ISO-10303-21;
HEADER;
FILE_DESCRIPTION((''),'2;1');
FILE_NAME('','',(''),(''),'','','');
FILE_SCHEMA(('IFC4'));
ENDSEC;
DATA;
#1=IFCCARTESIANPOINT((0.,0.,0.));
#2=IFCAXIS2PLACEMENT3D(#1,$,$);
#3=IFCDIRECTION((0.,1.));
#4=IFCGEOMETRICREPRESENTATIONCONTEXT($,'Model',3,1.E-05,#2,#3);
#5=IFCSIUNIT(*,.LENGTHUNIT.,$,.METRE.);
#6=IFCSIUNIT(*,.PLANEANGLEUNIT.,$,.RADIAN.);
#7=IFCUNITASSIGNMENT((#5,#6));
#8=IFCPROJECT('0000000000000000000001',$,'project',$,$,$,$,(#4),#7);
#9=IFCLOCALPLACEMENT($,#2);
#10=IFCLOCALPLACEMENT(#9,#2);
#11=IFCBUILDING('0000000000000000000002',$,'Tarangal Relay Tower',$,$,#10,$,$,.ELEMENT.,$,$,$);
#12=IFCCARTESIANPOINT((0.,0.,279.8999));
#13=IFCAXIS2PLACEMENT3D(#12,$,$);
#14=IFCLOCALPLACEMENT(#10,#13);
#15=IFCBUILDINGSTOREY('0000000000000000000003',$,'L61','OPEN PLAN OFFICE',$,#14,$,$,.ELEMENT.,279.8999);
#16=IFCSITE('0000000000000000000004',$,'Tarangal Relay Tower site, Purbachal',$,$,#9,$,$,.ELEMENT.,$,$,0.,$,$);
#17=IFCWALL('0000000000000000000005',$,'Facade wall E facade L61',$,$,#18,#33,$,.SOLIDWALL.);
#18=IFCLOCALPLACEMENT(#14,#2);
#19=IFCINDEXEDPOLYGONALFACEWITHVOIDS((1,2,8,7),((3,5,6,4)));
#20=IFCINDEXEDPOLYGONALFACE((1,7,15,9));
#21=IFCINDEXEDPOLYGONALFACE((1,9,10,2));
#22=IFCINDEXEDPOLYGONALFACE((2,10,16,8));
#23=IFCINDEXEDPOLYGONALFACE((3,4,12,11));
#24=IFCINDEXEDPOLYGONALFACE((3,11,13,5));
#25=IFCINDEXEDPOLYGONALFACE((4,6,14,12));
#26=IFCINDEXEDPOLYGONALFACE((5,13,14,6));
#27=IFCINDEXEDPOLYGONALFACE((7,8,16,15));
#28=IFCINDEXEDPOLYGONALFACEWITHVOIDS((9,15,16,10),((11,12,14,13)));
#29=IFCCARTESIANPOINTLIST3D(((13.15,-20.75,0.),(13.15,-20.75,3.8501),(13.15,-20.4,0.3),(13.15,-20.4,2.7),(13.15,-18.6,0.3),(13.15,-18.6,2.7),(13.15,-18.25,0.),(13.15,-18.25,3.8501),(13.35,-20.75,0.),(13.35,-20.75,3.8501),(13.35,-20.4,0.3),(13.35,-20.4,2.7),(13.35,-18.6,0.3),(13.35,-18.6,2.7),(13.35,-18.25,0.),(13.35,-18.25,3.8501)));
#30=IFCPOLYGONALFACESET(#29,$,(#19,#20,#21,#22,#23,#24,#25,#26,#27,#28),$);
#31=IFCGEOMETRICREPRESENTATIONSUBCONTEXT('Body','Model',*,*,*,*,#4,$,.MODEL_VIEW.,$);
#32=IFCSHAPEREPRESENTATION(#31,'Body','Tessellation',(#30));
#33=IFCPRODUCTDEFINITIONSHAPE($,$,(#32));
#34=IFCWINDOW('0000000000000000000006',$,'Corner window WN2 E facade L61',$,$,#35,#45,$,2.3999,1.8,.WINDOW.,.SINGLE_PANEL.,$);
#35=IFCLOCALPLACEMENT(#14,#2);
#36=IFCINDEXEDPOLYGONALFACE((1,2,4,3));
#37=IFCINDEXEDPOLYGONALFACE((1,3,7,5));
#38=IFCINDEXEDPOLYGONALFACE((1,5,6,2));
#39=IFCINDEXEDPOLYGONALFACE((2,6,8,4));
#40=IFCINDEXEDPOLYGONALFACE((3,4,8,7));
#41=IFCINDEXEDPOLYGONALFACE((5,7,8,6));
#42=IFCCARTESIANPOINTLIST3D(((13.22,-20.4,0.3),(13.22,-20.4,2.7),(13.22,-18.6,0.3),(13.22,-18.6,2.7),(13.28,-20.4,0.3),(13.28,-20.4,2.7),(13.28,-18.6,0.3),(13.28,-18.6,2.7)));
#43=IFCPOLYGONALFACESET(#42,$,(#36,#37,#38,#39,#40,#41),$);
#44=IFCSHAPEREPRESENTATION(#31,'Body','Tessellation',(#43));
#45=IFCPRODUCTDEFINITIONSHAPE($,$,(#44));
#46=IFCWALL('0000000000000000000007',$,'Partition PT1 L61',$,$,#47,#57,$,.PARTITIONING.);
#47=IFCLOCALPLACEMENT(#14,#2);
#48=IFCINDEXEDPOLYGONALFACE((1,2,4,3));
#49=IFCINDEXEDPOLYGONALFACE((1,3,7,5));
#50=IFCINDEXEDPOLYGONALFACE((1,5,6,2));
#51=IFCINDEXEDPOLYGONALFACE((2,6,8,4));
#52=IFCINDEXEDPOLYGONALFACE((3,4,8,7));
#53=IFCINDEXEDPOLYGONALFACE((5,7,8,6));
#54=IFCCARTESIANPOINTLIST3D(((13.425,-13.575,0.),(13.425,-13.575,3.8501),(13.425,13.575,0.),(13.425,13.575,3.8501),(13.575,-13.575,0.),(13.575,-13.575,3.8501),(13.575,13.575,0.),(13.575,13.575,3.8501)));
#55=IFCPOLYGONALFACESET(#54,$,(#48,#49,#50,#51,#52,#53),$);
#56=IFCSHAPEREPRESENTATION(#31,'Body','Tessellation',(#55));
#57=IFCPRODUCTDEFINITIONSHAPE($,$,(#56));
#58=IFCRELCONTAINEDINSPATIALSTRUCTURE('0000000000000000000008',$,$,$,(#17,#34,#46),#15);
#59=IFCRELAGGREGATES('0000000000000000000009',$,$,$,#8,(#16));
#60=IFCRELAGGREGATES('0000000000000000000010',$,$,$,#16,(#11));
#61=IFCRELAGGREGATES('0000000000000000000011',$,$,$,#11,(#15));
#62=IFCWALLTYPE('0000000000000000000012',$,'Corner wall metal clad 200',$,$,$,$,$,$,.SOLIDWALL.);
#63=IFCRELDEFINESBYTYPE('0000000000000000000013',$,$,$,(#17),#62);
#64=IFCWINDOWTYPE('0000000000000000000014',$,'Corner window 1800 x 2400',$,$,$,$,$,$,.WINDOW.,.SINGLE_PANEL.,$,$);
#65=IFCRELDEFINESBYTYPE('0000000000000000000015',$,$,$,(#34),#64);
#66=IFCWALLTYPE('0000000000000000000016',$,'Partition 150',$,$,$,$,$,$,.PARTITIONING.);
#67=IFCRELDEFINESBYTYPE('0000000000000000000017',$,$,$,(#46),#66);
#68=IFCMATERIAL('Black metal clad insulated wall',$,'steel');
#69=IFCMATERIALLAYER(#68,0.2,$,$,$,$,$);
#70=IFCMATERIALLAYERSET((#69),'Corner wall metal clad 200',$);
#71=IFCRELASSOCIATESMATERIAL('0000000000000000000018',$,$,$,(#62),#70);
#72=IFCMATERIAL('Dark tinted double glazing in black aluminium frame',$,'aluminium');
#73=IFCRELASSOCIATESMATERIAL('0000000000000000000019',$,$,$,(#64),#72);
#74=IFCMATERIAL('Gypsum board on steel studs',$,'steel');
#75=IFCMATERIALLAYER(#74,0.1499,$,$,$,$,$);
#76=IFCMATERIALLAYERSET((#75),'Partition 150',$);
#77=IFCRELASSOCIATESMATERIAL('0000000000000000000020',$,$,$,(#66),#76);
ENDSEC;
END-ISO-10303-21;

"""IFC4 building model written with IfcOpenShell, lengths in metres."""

from ifc_helpers import new_model, si_unit, direction, frame, frame_2d, origin, place, context, subcontext, project, spatial, rectangle, extrude, material, layer, layer_set, type_object, element, fill, save


model = new_model("IFC4")

# Units and contexts
model_context = context("Model", 3, precision=1e-05, world=origin(), true_north=direction((0.0, 1.0)))
body_context = subcontext(model_context, "Body", "Model", "MODEL_VIEW")
ifc_project = project(units=[si_unit("LENGTHUNIT", "METRE"), si_unit("PLANEANGLEUNIT", "RADIAN")], contexts=[model_context])

# Site, building, storey
site_placement = place(None, origin())
site = spatial("IfcSite", under=ifc_project, at=site_placement, Name="Tarangal Relay Tower site, Purbachal", CompositionType="ELEMENT", RefElevation=0.0)
building_placement = place(site_placement, origin())
building = spatial("IfcBuilding", under=site, at=building_placement, Name="Tarangal Relay Tower", CompositionType="ELEMENT")
storey_placement = place(building_placement, frame((0.0, 0.0, 279.8999)))
storey = spatial("IfcBuildingStorey", under=building, at=storey_placement, Name="L61", Description="OPEN PLAN OFFICE", CompositionType="ELEMENT", Elevation=279.8999)

# Shared definitions
ifc_material_1 = material(Name="Black metal clad insulated wall", Category="steel")
ifc_layer_1 = layer(ifc_material_1, 0.2)
ifc_layer_set_1 = layer_set([ifc_layer_1], Name="Corner wall metal clad 200")
wall_type_1 = type_object("IfcWallType", Name="Corner wall metal clad 200", PredefinedType="SOLIDWALL", material=ifc_layer_set_1)

# Shared definitions
ifc_material_2 = material(Name="Dark tinted double glazing in black aluminium frame", Category="aluminium")
window_type = type_object("IfcWindowType", Name="Corner window 1800 x 2400", PartitioningType="SINGLE_PANEL", PredefinedType="WINDOW", material=ifc_material_2)

# Wall, opening, window
wall_1_placement = place(storey_placement, frame((13.25, -18.25, 0.0), z_axis=(0.0, 0.0, 1.0), x_axis=(0.0, -1.0, 0.0)))
wall_1 = element("IfcWall", 1, at=wall_1_placement, inside=storey, type_object=wall_type_1, Name="Facade wall E facade L61", PredefinedType="SOLIDWALL", context=body_context, shape_type="SweptSolid", body=[
    extrude(rectangle(XDim=2.5, YDim=0.2, at=frame_2d((1.25, 0.0))), origin(), (0.0, 0.0, 1.0), 3.8501),
])
opening_1_placement = place(wall_1_placement, frame((0.3501, 0.0, 0.3)))
opening_1 = element("IfcOpeningElement", 2, at=opening_1_placement, cuts=wall_1, PredefinedType="OPENING", context=body_context, shape_type="SweptSolid", body=[
    extrude(rectangle(XDim=1.8, YDim=2.3999, at=frame_2d((0.8999, 1.2))), frame((0.0, 0.1099, 0.0), z_axis=(0.0, -1.0, 0.0), x_axis=(1.0, 0.0, 0.0)), (0.0, 0.0, 1.0), 0.22),
])
window_1_placement = place(opening_1_placement, origin())
window_1 = element("IfcWindow", 3, at=window_1_placement, inside=storey, type_object=window_type, Name="Corner window WN2 E facade L61", OverallHeight=2.3999, OverallWidth=1.8, PartitioningType="SINGLE_PANEL", PredefinedType="WINDOW", context=body_context, shape_type="SweptSolid", body=[
    extrude(rectangle(XDim=1.8, YDim=2.3999, at=frame_2d((0.8999, 1.2))), frame((0.0, 0.03, 0.0), z_axis=(0.0, -1.0, 0.0), x_axis=(1.0, 0.0, 0.0)), (0.0, 0.0, 1.0), 0.0601),
])
fill(opening_1, window_1)

# Wall
ifc_material_3 = material(Name="Gypsum board on steel studs", Category="steel")
ifc_layer_2 = layer(ifc_material_3, 0.1499)
ifc_layer_set_2 = layer_set([ifc_layer_2], Name="Partition 150")
wall_type_2 = type_object("IfcWallType", Name="Partition 150", PredefinedType="PARTITIONING", material=ifc_layer_set_2)
wall_2_placement = place(storey_placement, frame((13.5, -13.575, 0.0), z_axis=(0.0, 0.0, 1.0), x_axis=(0.0, 1.0, 0.0)))
element("IfcWall", 4, at=wall_2_placement, inside=storey, type_object=wall_type_2, Name="Partition PT1 L61", PredefinedType="PARTITIONING", context=body_context, shape_type="SweptSolid", body=[
    extrude(rectangle(XDim=27.1499, YDim=0.1499, at=frame_2d((13.575, 0.0))), origin(), (0.0, 0.0, 1.0), 3.8501),
])

save(model, "model.ifc")
